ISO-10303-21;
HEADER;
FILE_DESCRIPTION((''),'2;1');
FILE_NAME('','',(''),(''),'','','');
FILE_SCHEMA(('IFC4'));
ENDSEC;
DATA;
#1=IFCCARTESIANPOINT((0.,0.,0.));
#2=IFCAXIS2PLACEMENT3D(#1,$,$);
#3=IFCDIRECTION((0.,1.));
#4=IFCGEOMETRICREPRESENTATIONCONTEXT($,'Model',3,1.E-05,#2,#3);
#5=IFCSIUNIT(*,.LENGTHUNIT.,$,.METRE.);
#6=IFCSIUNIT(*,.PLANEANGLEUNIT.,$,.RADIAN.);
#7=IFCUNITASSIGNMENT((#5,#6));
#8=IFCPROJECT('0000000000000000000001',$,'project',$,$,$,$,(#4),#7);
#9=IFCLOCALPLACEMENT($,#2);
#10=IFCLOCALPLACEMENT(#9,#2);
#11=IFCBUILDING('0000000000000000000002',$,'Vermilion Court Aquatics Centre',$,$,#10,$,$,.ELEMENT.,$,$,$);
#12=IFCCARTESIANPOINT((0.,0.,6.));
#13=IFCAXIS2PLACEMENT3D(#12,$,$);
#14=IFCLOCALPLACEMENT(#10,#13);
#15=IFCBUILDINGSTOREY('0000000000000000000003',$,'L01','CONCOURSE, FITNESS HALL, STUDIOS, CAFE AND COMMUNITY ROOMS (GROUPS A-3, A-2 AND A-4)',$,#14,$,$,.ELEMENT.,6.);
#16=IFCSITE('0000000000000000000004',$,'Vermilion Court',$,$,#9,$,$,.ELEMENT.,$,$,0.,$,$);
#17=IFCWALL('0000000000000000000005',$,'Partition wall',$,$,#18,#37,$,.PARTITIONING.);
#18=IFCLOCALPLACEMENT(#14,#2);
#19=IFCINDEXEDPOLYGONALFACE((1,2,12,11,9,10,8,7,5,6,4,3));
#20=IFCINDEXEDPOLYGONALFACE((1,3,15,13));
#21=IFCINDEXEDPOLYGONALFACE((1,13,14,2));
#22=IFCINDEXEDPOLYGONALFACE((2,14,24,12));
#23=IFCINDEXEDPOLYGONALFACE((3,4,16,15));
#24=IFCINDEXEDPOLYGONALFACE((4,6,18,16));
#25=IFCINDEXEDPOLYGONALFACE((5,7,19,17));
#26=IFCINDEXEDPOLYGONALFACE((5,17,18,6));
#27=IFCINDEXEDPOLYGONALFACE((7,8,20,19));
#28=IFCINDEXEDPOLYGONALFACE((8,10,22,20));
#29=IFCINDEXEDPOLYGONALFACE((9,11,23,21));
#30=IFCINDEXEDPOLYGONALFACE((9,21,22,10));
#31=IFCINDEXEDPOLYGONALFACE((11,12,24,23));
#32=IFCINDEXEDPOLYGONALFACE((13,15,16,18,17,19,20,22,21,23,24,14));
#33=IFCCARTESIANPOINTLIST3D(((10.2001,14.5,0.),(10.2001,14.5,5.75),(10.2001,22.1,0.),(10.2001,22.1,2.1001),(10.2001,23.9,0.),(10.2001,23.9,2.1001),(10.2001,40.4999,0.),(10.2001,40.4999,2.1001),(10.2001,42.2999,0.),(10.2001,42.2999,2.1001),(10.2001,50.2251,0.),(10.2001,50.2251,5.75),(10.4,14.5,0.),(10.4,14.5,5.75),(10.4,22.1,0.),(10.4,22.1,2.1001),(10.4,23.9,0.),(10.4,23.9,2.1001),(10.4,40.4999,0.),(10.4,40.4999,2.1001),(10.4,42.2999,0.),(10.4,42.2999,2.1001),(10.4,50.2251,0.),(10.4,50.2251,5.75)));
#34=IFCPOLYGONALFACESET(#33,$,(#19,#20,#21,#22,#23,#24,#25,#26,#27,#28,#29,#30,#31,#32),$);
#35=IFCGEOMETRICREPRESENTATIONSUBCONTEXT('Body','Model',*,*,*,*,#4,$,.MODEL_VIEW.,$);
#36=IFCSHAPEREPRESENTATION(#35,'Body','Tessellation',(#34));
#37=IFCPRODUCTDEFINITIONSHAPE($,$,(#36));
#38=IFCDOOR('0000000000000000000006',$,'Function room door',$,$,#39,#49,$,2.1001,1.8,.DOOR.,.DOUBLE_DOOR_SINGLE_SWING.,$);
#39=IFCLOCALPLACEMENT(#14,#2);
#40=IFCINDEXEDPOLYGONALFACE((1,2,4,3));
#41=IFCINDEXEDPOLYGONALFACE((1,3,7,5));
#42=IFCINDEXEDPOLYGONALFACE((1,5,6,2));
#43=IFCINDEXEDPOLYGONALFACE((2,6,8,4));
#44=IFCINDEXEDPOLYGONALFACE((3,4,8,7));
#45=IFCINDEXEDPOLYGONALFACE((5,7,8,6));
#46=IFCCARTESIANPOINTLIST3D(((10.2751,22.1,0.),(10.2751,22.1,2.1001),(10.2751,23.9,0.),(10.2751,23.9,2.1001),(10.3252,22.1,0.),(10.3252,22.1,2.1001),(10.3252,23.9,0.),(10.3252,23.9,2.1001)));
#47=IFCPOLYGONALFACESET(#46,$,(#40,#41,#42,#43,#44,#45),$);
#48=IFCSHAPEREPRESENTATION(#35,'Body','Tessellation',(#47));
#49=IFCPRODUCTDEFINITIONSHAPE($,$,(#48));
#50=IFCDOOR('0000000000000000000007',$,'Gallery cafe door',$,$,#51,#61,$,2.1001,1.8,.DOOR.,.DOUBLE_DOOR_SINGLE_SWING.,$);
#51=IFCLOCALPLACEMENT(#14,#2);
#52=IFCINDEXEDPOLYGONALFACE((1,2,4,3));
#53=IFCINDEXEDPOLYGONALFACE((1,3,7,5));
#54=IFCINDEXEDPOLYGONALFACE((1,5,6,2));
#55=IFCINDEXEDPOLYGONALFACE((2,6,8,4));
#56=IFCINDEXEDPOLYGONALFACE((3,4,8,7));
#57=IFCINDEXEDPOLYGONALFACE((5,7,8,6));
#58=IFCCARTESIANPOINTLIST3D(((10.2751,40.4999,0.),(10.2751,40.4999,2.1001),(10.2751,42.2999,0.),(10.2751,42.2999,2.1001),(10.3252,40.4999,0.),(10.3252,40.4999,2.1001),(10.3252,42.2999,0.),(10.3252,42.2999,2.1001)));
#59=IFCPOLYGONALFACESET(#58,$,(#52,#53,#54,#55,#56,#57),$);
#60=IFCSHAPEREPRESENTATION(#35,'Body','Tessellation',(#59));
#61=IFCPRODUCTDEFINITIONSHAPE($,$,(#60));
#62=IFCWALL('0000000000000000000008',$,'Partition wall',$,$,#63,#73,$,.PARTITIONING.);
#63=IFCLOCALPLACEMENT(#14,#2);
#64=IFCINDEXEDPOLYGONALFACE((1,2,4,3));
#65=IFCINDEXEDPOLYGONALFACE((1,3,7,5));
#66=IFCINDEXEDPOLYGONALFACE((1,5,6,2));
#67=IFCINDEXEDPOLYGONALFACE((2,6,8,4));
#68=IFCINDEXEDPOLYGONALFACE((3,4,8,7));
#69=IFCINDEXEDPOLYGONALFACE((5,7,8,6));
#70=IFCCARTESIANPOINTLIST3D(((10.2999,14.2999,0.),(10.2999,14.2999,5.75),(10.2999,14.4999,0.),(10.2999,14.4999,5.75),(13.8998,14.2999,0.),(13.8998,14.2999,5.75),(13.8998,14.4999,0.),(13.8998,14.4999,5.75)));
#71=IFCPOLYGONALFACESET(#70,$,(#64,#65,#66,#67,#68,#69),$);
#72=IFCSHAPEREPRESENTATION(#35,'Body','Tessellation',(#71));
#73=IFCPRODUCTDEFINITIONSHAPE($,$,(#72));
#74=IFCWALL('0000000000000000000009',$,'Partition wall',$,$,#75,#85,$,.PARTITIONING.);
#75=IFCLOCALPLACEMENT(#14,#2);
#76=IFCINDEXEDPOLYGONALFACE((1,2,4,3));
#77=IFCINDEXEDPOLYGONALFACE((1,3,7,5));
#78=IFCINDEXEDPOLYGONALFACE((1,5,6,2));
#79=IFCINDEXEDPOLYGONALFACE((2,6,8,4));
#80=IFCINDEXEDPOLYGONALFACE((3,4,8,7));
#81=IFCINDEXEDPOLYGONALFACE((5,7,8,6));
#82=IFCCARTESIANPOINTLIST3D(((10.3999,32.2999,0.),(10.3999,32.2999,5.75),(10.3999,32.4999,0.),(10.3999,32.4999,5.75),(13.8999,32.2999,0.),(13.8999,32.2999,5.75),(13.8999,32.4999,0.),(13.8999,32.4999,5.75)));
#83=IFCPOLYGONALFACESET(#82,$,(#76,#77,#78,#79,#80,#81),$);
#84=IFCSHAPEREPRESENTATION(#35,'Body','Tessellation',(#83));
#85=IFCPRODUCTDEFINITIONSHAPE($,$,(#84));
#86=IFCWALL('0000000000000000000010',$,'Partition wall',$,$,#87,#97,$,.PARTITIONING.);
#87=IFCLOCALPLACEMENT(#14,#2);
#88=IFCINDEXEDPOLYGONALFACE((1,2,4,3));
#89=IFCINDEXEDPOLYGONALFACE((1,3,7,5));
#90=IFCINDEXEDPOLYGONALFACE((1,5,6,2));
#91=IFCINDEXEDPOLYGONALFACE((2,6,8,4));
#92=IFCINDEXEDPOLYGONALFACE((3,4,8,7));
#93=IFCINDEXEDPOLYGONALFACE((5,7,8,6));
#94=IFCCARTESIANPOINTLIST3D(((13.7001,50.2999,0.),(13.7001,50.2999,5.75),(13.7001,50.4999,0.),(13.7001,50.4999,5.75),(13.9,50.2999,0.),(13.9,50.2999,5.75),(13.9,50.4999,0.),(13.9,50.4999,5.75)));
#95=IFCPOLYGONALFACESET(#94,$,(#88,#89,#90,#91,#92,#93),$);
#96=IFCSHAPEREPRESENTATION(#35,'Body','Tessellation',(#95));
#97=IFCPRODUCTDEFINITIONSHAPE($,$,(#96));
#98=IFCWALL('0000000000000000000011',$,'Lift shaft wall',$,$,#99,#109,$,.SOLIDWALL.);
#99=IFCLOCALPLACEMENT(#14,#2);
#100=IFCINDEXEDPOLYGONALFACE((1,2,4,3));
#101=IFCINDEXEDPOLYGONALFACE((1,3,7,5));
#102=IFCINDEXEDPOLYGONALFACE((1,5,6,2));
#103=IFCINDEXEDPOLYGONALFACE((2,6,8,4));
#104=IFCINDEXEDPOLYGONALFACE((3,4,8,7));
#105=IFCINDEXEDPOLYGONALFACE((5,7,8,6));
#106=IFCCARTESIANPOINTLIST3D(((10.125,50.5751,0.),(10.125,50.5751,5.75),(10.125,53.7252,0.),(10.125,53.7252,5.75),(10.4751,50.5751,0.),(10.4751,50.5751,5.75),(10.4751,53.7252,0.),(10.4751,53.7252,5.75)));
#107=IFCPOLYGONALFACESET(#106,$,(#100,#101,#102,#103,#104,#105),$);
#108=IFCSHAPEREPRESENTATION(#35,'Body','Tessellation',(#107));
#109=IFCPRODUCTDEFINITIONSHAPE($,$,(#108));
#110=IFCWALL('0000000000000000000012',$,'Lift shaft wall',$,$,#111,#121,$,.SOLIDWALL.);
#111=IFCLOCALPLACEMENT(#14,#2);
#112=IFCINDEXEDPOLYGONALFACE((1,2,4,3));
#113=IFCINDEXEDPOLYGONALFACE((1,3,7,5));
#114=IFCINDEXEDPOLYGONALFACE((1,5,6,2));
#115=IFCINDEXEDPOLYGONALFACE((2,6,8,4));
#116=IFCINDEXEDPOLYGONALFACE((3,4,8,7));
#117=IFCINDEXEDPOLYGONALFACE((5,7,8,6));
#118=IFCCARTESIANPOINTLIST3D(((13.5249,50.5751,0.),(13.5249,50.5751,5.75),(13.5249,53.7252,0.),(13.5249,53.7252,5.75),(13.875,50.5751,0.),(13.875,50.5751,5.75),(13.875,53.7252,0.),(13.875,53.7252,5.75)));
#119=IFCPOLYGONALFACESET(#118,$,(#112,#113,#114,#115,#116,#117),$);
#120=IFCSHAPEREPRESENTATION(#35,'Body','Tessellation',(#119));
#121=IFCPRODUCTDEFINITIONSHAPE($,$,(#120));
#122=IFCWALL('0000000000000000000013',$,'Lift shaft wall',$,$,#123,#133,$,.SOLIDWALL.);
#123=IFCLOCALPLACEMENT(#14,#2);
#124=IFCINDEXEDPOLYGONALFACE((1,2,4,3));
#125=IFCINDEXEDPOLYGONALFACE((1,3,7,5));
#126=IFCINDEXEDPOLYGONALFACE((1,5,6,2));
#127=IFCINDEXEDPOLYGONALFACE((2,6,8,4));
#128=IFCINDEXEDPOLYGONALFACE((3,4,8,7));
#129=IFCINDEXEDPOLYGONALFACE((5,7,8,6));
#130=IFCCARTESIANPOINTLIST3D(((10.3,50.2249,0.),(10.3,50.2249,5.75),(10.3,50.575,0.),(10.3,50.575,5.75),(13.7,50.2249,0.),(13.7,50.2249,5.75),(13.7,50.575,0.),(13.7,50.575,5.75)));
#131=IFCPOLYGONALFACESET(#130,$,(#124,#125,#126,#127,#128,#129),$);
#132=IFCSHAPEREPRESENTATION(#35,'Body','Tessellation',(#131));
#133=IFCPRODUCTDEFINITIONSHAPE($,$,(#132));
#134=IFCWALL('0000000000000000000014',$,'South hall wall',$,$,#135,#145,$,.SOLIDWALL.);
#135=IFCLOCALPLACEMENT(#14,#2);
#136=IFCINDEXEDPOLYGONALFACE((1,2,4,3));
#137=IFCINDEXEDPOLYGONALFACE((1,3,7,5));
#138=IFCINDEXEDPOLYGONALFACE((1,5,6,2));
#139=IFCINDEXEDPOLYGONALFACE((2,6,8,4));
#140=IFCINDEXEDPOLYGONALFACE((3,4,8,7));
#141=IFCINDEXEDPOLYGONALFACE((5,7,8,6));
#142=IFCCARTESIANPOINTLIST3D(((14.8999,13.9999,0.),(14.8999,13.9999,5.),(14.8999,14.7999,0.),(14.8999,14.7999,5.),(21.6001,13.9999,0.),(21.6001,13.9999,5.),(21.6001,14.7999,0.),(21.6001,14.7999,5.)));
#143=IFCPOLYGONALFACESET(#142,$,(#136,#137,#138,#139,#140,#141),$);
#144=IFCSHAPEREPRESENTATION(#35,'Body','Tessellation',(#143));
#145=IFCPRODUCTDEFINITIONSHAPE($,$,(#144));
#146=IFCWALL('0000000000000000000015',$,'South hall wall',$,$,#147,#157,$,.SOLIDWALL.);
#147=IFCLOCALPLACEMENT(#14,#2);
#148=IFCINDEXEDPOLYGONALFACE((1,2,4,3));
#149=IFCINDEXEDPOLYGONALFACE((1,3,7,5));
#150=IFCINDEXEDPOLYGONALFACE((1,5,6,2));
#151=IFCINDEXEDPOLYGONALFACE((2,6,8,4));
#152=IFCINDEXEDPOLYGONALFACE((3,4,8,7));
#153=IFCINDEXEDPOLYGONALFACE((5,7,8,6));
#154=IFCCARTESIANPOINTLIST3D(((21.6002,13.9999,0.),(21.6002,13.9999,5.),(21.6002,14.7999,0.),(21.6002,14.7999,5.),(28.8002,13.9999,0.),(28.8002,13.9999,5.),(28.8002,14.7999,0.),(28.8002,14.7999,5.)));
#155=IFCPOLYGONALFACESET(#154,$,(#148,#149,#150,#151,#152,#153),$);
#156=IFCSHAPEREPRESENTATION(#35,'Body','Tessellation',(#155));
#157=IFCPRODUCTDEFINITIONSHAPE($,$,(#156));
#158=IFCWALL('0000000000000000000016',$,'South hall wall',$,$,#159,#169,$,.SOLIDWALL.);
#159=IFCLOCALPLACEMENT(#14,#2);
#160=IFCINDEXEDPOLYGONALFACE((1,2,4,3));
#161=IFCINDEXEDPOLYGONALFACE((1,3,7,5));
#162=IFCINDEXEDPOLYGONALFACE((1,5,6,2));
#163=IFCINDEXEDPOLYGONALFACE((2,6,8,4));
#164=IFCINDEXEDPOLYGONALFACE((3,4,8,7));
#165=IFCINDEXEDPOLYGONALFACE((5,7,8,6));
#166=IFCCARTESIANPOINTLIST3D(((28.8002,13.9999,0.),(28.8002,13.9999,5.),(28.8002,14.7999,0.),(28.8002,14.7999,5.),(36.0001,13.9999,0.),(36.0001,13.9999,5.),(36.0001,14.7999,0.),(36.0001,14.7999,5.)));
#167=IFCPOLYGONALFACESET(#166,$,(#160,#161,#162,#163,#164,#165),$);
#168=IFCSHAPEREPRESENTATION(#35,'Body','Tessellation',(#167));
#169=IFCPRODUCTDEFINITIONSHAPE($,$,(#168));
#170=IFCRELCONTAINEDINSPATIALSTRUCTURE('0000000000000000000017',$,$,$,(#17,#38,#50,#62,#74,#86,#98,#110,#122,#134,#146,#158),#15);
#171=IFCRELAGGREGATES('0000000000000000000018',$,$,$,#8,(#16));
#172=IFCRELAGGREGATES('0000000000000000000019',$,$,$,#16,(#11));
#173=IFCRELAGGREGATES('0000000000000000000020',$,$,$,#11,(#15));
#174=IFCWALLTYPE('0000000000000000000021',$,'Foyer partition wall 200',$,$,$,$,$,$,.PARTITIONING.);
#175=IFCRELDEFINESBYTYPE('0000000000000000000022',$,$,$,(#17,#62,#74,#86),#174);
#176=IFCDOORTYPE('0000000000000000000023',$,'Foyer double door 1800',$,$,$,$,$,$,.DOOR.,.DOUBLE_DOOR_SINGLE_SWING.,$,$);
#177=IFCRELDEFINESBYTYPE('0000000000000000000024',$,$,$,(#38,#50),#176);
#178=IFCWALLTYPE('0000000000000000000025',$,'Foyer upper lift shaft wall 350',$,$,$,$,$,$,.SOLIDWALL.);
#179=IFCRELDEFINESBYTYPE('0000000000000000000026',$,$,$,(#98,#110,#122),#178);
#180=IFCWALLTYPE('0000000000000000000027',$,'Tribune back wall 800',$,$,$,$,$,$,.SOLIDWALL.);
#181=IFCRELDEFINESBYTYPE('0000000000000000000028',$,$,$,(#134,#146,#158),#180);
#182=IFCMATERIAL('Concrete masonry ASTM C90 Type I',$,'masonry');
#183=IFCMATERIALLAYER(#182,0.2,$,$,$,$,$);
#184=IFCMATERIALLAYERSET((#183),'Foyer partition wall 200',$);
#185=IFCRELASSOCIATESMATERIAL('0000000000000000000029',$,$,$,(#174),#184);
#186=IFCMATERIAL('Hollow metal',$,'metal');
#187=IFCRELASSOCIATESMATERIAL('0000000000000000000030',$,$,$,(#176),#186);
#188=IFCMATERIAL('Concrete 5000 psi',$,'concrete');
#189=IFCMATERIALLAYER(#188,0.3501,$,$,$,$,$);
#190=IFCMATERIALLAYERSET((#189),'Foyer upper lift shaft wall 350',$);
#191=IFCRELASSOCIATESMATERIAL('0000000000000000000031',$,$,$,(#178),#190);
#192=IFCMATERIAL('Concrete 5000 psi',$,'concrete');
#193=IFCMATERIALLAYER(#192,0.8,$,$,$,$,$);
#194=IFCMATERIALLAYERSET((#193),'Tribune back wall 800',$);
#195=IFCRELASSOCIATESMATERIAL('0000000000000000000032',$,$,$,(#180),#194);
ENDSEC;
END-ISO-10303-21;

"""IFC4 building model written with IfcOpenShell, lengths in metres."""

from ifc_helpers import new_model, si_unit, direction, frame, frame_2d, origin, place, context, subcontext, project, spatial, rectangle, extrude, material, layer, layer_set, type_object, element, fill, save


model = new_model("IFC4")

# Units and contexts
model_context = context("Model", 3, precision=1e-05, world=origin(), true_north=direction((0.0, 1.0)))
body_context = subcontext(model_context, "Body", "Model", "MODEL_VIEW")
ifc_project = project(units=[si_unit("LENGTHUNIT", "METRE"), si_unit("PLANEANGLEUNIT", "RADIAN")], contexts=[model_context])

# Site, building, storey
site_placement = place(None, origin())
site = spatial("IfcSite", under=ifc_project, at=site_placement, Name="Vermilion Court", CompositionType="ELEMENT", RefElevation=0.0)
building_placement = place(site_placement, origin())
building = spatial("IfcBuilding", under=site, at=building_placement, Name="Vermilion Court Aquatics Centre", CompositionType="ELEMENT")
storey_placement = place(building_placement, frame((0.0, 0.0, 6.0)))
storey = spatial("IfcBuildingStorey", under=building, at=storey_placement, Name="L01", Description="CONCOURSE, FITNESS HALL, STUDIOS, CAFE AND COMMUNITY ROOMS (GROUPS A-3, A-2 AND A-4)", CompositionType="ELEMENT", Elevation=6.0)

# Wall, openings, doors
ifc_material_1 = material(Name="Concrete masonry ASTM C90 Type I", Category="masonry")
ifc_layer_1 = layer(ifc_material_1, 0.2)
ifc_layer_set_1 = layer_set([ifc_layer_1], Name="Foyer partition wall 200")
wall_type_1 = type_object("IfcWallType", Name="Foyer partition wall 200", PredefinedType="PARTITIONING", material=ifc_layer_set_1)
wall_1_placement = place(storey_placement, frame((10.3, 14.5, 0.0), z_axis=(0.0, 0.0, 1.0), x_axis=(0.0, 1.0, 0.0)))
wall_1 = element("IfcWall", 1, at=wall_1_placement, inside=storey, type_object=wall_type_1, Name="Partition wall", PredefinedType="PARTITIONING", context=body_context, shape_type="SweptSolid", body=[
    extrude(rectangle(XDim=35.7251, YDim=0.2, at=frame_2d((17.8625, 0.0))), origin(), (0.0, 0.0, 1.0), 5.75),
])
opening_1_placement = place(wall_1_placement, frame((7.6001, 0.0, 0.0)))
opening_1 = element("IfcOpeningElement", 2, at=opening_1_placement, cuts=wall_1, PredefinedType="OPENING", context=body_context, shape_type="SweptSolid", body=[
    extrude(rectangle(XDim=1.8, YDim=2.1001, at=frame_2d((0.8999, 1.05))), frame((0.0, 0.1099, 0.0), z_axis=(0.0, -1.0, 0.0), x_axis=(1.0, 0.0, 0.0)), (0.0, 0.0, 1.0), 0.22),
])
opening_2_placement = place(wall_1_placement, frame((26.0, 0.0, 0.0)))
opening_2 = element("IfcOpeningElement", 3, at=opening_2_placement, cuts=wall_1, PredefinedType="OPENING", context=body_context, shape_type="SweptSolid", body=[
    extrude(rectangle(XDim=1.8, YDim=2.1001, at=frame_2d((0.8999, 1.05))), frame((0.0, 0.1099, 0.0), z_axis=(0.0, -1.0, 0.0), x_axis=(1.0, 0.0, 0.0)), (0.0, 0.0, 1.0), 0.22),
])
ifc_material_2 = material(Name="Hollow metal", Category="metal")
door_type_1 = type_object("IfcDoorType", Name="Foyer double door 1800", OperationType="DOUBLE_DOOR_SINGLE_SWING", PredefinedType="DOOR", material=ifc_material_2)
door_1_placement = place(opening_1_placement, frame((1.8, 0.0, 0.0), z_axis=(0.0, 0.0, 1.0), x_axis=(-1.0, 0.0, 0.0)))
door_1 = element("IfcDoor", 4, at=door_1_placement, inside=storey, type_object=door_type_1, Name="Function room door", OperationType="DOUBLE_DOOR_SINGLE_SWING", OverallHeight=2.1001, OverallWidth=1.8, PredefinedType="DOOR", context=body_context, shape_type="SweptSolid", body=[
    extrude(rectangle(XDim=1.8, YDim=2.1001, at=frame_2d((0.9001, 1.05))), frame((0.0, 0.0251, 0.0), z_axis=(0.0, -1.0, 0.0), x_axis=(1.0, 0.0, 0.0)), (0.0, 0.0, 1.0), 0.05),
])
fill(opening_1, door_1)
door_2_placement = place(opening_2_placement, origin())
door_2 = element("IfcDoor", 5, at=door_2_placement, inside=storey, type_object=door_type_1, Name="Gallery cafe door", OperationType="DOUBLE_DOOR_SINGLE_SWING", OverallHeight=2.1001, OverallWidth=1.8, PredefinedType="DOOR", context=body_context, shape_type="SweptSolid", body=[
    extrude(rectangle(XDim=1.8, YDim=2.1001, at=frame_2d((0.8999, 1.05))), frame((0.0, 0.0249, 0.0), z_axis=(0.0, -1.0, 0.0), x_axis=(1.0, 0.0, 0.0)), (0.0, 0.0, 1.0), 0.05),
])
fill(opening_2, door_2)

# Walls
wall_2_placement = place(storey_placement, frame((10.3, 14.3999, 0.0), z_axis=(0.0, 0.0, 1.0), x_axis=(1.0, 0.0, 0.0)))
element("IfcWall", 6, at=wall_2_placement, inside=storey, type_object=wall_type_1, Name="Partition wall", PredefinedType="PARTITIONING", context=body_context, shape_type="SweptSolid", body=[
    extrude(rectangle(XDim=3.5999, YDim=0.2, at=frame_2d((1.7998, 0.0))), origin(), (0.0, 0.0, 1.0), 5.75),
])
wall_3_placement = place(storey_placement, frame((10.3999, 32.3999, 0.0), z_axis=(0.0, 0.0, 1.0), x_axis=(1.0, 0.0, 0.0)))
element("IfcWall", 7, at=wall_3_placement, inside=storey, type_object=wall_type_1, Name="Partition wall", PredefinedType="PARTITIONING", context=body_context, shape_type="SweptSolid", body=[
    extrude(rectangle(XDim=3.5, YDim=0.2, at=frame_2d((1.75, 0.0))), origin(), (0.0, 0.0, 1.0), 5.75),
])
wall_4_placement = place(storey_placement, frame((13.7, 50.3999, 0.0), z_axis=(0.0, 0.0, 1.0), x_axis=(1.0, 0.0, 0.0)))
element("IfcWall", 8, at=wall_4_placement, inside=storey, type_object=wall_type_1, Name="Partition wall", PredefinedType="PARTITIONING", context=body_context, shape_type="SweptSolid", body=[
    extrude(rectangle(XDim=0.2, YDim=0.2, at=frame_2d((0.1001, 0.0))), origin(), (0.0, 0.0, 1.0), 5.75),
])
ifc_material_3 = material(Name="Concrete 5000 psi", Category="concrete")
ifc_layer_2 = layer(ifc_material_3, 0.3501)
ifc_layer_set_2 = layer_set([ifc_layer_2], Name="Foyer upper lift shaft wall 350")
wall_type_2 = type_object("IfcWallType", Name="Foyer upper lift shaft wall 350", PredefinedType="SOLIDWALL", material=ifc_layer_set_2)
for number, where, z_axis, x_axis, name in (
    (9, (10.3, 50.575, 0.0), (0.0, 0.0, 1.0), (0.0, 1.0, 0.0), "Lift shaft wall"),
    (10, (13.7, 50.575, 0.0), (0.0, 0.0, 1.0), (0.0, 1.0, 0.0), "Lift shaft wall"),
):
    element("IfcWall", number, at=place(storey_placement, frame(where, z_axis=z_axis, x_axis=x_axis)), inside=storey, type_object=wall_type_2, Name=name, PredefinedType="SOLIDWALL", context=body_context, shape_type="SweptSolid", body=[
        extrude(rectangle(XDim=3.1501, YDim=0.3501, at=frame_2d((1.5752, 0.0))), origin(), (0.0, 0.0, 1.0), 5.75),
    ])
wall_5_placement = place(storey_placement, frame((10.3, 50.3999, 0.0), z_axis=(0.0, 0.0, 1.0), x_axis=(1.0, 0.0, 0.0)))
element("IfcWall", 11, at=wall_5_placement, inside=storey, type_object=wall_type_2, Name="Lift shaft wall", PredefinedType="SOLIDWALL", context=body_context, shape_type="SweptSolid", body=[
    extrude(rectangle(XDim=3.3999, YDim=0.3501, at=frame_2d((1.7, 0.0))), origin(), (0.0, 0.0, 1.0), 5.75),
])
ifc_material_4 = material(Name="Concrete 5000 psi", Category="concrete")
ifc_layer_3 = layer(ifc_material_4, 0.8)
ifc_layer_set_3 = layer_set([ifc_layer_3], Name="Tribune back wall 800")
wall_type_3 = type_object("IfcWallType", Name="Tribune back wall 800", PredefinedType="SOLIDWALL", material=ifc_layer_set_3)
wall_6_placement = place(storey_placement, frame((14.8999, 14.3999, 0.0), z_axis=(0.0, 0.0, 1.0), x_axis=(1.0, 0.0, 0.0)))
element("IfcWall", 12, at=wall_6_placement, inside=storey, type_object=wall_type_3, Name="South hall wall", PredefinedType="SOLIDWALL", context=body_context, shape_type="SweptSolid", body=[
    extrude(rectangle(XDim=6.7002, YDim=0.8, at=frame_2d((3.3501, 0.0))), origin(), (0.0, 0.0, 1.0), 5.0),
])
for number, where, z_axis, x_axis, name in (
    (13, (21.6001, 14.3999, 0.0), (0.0, 0.0, 1.0), (1.0, 0.0, 0.0), "South hall wall"),
    (14, (28.8, 14.3999, 0.0), (0.0, 0.0, 1.0), (1.0, 0.0, 0.0), "South hall wall"),
):
    element("IfcWall", number, at=place(storey_placement, frame(where, z_axis=z_axis, x_axis=x_axis)), inside=storey, type_object=wall_type_3, Name=name, PredefinedType="SOLIDWALL", context=body_context, shape_type="SweptSolid", body=[
        extrude(rectangle(XDim=7.2, YDim=0.8, at=frame_2d((3.6001, 0.0))), origin(), (0.0, 0.0, 1.0), 5.0),
    ])

save(model, "model.ifc")
